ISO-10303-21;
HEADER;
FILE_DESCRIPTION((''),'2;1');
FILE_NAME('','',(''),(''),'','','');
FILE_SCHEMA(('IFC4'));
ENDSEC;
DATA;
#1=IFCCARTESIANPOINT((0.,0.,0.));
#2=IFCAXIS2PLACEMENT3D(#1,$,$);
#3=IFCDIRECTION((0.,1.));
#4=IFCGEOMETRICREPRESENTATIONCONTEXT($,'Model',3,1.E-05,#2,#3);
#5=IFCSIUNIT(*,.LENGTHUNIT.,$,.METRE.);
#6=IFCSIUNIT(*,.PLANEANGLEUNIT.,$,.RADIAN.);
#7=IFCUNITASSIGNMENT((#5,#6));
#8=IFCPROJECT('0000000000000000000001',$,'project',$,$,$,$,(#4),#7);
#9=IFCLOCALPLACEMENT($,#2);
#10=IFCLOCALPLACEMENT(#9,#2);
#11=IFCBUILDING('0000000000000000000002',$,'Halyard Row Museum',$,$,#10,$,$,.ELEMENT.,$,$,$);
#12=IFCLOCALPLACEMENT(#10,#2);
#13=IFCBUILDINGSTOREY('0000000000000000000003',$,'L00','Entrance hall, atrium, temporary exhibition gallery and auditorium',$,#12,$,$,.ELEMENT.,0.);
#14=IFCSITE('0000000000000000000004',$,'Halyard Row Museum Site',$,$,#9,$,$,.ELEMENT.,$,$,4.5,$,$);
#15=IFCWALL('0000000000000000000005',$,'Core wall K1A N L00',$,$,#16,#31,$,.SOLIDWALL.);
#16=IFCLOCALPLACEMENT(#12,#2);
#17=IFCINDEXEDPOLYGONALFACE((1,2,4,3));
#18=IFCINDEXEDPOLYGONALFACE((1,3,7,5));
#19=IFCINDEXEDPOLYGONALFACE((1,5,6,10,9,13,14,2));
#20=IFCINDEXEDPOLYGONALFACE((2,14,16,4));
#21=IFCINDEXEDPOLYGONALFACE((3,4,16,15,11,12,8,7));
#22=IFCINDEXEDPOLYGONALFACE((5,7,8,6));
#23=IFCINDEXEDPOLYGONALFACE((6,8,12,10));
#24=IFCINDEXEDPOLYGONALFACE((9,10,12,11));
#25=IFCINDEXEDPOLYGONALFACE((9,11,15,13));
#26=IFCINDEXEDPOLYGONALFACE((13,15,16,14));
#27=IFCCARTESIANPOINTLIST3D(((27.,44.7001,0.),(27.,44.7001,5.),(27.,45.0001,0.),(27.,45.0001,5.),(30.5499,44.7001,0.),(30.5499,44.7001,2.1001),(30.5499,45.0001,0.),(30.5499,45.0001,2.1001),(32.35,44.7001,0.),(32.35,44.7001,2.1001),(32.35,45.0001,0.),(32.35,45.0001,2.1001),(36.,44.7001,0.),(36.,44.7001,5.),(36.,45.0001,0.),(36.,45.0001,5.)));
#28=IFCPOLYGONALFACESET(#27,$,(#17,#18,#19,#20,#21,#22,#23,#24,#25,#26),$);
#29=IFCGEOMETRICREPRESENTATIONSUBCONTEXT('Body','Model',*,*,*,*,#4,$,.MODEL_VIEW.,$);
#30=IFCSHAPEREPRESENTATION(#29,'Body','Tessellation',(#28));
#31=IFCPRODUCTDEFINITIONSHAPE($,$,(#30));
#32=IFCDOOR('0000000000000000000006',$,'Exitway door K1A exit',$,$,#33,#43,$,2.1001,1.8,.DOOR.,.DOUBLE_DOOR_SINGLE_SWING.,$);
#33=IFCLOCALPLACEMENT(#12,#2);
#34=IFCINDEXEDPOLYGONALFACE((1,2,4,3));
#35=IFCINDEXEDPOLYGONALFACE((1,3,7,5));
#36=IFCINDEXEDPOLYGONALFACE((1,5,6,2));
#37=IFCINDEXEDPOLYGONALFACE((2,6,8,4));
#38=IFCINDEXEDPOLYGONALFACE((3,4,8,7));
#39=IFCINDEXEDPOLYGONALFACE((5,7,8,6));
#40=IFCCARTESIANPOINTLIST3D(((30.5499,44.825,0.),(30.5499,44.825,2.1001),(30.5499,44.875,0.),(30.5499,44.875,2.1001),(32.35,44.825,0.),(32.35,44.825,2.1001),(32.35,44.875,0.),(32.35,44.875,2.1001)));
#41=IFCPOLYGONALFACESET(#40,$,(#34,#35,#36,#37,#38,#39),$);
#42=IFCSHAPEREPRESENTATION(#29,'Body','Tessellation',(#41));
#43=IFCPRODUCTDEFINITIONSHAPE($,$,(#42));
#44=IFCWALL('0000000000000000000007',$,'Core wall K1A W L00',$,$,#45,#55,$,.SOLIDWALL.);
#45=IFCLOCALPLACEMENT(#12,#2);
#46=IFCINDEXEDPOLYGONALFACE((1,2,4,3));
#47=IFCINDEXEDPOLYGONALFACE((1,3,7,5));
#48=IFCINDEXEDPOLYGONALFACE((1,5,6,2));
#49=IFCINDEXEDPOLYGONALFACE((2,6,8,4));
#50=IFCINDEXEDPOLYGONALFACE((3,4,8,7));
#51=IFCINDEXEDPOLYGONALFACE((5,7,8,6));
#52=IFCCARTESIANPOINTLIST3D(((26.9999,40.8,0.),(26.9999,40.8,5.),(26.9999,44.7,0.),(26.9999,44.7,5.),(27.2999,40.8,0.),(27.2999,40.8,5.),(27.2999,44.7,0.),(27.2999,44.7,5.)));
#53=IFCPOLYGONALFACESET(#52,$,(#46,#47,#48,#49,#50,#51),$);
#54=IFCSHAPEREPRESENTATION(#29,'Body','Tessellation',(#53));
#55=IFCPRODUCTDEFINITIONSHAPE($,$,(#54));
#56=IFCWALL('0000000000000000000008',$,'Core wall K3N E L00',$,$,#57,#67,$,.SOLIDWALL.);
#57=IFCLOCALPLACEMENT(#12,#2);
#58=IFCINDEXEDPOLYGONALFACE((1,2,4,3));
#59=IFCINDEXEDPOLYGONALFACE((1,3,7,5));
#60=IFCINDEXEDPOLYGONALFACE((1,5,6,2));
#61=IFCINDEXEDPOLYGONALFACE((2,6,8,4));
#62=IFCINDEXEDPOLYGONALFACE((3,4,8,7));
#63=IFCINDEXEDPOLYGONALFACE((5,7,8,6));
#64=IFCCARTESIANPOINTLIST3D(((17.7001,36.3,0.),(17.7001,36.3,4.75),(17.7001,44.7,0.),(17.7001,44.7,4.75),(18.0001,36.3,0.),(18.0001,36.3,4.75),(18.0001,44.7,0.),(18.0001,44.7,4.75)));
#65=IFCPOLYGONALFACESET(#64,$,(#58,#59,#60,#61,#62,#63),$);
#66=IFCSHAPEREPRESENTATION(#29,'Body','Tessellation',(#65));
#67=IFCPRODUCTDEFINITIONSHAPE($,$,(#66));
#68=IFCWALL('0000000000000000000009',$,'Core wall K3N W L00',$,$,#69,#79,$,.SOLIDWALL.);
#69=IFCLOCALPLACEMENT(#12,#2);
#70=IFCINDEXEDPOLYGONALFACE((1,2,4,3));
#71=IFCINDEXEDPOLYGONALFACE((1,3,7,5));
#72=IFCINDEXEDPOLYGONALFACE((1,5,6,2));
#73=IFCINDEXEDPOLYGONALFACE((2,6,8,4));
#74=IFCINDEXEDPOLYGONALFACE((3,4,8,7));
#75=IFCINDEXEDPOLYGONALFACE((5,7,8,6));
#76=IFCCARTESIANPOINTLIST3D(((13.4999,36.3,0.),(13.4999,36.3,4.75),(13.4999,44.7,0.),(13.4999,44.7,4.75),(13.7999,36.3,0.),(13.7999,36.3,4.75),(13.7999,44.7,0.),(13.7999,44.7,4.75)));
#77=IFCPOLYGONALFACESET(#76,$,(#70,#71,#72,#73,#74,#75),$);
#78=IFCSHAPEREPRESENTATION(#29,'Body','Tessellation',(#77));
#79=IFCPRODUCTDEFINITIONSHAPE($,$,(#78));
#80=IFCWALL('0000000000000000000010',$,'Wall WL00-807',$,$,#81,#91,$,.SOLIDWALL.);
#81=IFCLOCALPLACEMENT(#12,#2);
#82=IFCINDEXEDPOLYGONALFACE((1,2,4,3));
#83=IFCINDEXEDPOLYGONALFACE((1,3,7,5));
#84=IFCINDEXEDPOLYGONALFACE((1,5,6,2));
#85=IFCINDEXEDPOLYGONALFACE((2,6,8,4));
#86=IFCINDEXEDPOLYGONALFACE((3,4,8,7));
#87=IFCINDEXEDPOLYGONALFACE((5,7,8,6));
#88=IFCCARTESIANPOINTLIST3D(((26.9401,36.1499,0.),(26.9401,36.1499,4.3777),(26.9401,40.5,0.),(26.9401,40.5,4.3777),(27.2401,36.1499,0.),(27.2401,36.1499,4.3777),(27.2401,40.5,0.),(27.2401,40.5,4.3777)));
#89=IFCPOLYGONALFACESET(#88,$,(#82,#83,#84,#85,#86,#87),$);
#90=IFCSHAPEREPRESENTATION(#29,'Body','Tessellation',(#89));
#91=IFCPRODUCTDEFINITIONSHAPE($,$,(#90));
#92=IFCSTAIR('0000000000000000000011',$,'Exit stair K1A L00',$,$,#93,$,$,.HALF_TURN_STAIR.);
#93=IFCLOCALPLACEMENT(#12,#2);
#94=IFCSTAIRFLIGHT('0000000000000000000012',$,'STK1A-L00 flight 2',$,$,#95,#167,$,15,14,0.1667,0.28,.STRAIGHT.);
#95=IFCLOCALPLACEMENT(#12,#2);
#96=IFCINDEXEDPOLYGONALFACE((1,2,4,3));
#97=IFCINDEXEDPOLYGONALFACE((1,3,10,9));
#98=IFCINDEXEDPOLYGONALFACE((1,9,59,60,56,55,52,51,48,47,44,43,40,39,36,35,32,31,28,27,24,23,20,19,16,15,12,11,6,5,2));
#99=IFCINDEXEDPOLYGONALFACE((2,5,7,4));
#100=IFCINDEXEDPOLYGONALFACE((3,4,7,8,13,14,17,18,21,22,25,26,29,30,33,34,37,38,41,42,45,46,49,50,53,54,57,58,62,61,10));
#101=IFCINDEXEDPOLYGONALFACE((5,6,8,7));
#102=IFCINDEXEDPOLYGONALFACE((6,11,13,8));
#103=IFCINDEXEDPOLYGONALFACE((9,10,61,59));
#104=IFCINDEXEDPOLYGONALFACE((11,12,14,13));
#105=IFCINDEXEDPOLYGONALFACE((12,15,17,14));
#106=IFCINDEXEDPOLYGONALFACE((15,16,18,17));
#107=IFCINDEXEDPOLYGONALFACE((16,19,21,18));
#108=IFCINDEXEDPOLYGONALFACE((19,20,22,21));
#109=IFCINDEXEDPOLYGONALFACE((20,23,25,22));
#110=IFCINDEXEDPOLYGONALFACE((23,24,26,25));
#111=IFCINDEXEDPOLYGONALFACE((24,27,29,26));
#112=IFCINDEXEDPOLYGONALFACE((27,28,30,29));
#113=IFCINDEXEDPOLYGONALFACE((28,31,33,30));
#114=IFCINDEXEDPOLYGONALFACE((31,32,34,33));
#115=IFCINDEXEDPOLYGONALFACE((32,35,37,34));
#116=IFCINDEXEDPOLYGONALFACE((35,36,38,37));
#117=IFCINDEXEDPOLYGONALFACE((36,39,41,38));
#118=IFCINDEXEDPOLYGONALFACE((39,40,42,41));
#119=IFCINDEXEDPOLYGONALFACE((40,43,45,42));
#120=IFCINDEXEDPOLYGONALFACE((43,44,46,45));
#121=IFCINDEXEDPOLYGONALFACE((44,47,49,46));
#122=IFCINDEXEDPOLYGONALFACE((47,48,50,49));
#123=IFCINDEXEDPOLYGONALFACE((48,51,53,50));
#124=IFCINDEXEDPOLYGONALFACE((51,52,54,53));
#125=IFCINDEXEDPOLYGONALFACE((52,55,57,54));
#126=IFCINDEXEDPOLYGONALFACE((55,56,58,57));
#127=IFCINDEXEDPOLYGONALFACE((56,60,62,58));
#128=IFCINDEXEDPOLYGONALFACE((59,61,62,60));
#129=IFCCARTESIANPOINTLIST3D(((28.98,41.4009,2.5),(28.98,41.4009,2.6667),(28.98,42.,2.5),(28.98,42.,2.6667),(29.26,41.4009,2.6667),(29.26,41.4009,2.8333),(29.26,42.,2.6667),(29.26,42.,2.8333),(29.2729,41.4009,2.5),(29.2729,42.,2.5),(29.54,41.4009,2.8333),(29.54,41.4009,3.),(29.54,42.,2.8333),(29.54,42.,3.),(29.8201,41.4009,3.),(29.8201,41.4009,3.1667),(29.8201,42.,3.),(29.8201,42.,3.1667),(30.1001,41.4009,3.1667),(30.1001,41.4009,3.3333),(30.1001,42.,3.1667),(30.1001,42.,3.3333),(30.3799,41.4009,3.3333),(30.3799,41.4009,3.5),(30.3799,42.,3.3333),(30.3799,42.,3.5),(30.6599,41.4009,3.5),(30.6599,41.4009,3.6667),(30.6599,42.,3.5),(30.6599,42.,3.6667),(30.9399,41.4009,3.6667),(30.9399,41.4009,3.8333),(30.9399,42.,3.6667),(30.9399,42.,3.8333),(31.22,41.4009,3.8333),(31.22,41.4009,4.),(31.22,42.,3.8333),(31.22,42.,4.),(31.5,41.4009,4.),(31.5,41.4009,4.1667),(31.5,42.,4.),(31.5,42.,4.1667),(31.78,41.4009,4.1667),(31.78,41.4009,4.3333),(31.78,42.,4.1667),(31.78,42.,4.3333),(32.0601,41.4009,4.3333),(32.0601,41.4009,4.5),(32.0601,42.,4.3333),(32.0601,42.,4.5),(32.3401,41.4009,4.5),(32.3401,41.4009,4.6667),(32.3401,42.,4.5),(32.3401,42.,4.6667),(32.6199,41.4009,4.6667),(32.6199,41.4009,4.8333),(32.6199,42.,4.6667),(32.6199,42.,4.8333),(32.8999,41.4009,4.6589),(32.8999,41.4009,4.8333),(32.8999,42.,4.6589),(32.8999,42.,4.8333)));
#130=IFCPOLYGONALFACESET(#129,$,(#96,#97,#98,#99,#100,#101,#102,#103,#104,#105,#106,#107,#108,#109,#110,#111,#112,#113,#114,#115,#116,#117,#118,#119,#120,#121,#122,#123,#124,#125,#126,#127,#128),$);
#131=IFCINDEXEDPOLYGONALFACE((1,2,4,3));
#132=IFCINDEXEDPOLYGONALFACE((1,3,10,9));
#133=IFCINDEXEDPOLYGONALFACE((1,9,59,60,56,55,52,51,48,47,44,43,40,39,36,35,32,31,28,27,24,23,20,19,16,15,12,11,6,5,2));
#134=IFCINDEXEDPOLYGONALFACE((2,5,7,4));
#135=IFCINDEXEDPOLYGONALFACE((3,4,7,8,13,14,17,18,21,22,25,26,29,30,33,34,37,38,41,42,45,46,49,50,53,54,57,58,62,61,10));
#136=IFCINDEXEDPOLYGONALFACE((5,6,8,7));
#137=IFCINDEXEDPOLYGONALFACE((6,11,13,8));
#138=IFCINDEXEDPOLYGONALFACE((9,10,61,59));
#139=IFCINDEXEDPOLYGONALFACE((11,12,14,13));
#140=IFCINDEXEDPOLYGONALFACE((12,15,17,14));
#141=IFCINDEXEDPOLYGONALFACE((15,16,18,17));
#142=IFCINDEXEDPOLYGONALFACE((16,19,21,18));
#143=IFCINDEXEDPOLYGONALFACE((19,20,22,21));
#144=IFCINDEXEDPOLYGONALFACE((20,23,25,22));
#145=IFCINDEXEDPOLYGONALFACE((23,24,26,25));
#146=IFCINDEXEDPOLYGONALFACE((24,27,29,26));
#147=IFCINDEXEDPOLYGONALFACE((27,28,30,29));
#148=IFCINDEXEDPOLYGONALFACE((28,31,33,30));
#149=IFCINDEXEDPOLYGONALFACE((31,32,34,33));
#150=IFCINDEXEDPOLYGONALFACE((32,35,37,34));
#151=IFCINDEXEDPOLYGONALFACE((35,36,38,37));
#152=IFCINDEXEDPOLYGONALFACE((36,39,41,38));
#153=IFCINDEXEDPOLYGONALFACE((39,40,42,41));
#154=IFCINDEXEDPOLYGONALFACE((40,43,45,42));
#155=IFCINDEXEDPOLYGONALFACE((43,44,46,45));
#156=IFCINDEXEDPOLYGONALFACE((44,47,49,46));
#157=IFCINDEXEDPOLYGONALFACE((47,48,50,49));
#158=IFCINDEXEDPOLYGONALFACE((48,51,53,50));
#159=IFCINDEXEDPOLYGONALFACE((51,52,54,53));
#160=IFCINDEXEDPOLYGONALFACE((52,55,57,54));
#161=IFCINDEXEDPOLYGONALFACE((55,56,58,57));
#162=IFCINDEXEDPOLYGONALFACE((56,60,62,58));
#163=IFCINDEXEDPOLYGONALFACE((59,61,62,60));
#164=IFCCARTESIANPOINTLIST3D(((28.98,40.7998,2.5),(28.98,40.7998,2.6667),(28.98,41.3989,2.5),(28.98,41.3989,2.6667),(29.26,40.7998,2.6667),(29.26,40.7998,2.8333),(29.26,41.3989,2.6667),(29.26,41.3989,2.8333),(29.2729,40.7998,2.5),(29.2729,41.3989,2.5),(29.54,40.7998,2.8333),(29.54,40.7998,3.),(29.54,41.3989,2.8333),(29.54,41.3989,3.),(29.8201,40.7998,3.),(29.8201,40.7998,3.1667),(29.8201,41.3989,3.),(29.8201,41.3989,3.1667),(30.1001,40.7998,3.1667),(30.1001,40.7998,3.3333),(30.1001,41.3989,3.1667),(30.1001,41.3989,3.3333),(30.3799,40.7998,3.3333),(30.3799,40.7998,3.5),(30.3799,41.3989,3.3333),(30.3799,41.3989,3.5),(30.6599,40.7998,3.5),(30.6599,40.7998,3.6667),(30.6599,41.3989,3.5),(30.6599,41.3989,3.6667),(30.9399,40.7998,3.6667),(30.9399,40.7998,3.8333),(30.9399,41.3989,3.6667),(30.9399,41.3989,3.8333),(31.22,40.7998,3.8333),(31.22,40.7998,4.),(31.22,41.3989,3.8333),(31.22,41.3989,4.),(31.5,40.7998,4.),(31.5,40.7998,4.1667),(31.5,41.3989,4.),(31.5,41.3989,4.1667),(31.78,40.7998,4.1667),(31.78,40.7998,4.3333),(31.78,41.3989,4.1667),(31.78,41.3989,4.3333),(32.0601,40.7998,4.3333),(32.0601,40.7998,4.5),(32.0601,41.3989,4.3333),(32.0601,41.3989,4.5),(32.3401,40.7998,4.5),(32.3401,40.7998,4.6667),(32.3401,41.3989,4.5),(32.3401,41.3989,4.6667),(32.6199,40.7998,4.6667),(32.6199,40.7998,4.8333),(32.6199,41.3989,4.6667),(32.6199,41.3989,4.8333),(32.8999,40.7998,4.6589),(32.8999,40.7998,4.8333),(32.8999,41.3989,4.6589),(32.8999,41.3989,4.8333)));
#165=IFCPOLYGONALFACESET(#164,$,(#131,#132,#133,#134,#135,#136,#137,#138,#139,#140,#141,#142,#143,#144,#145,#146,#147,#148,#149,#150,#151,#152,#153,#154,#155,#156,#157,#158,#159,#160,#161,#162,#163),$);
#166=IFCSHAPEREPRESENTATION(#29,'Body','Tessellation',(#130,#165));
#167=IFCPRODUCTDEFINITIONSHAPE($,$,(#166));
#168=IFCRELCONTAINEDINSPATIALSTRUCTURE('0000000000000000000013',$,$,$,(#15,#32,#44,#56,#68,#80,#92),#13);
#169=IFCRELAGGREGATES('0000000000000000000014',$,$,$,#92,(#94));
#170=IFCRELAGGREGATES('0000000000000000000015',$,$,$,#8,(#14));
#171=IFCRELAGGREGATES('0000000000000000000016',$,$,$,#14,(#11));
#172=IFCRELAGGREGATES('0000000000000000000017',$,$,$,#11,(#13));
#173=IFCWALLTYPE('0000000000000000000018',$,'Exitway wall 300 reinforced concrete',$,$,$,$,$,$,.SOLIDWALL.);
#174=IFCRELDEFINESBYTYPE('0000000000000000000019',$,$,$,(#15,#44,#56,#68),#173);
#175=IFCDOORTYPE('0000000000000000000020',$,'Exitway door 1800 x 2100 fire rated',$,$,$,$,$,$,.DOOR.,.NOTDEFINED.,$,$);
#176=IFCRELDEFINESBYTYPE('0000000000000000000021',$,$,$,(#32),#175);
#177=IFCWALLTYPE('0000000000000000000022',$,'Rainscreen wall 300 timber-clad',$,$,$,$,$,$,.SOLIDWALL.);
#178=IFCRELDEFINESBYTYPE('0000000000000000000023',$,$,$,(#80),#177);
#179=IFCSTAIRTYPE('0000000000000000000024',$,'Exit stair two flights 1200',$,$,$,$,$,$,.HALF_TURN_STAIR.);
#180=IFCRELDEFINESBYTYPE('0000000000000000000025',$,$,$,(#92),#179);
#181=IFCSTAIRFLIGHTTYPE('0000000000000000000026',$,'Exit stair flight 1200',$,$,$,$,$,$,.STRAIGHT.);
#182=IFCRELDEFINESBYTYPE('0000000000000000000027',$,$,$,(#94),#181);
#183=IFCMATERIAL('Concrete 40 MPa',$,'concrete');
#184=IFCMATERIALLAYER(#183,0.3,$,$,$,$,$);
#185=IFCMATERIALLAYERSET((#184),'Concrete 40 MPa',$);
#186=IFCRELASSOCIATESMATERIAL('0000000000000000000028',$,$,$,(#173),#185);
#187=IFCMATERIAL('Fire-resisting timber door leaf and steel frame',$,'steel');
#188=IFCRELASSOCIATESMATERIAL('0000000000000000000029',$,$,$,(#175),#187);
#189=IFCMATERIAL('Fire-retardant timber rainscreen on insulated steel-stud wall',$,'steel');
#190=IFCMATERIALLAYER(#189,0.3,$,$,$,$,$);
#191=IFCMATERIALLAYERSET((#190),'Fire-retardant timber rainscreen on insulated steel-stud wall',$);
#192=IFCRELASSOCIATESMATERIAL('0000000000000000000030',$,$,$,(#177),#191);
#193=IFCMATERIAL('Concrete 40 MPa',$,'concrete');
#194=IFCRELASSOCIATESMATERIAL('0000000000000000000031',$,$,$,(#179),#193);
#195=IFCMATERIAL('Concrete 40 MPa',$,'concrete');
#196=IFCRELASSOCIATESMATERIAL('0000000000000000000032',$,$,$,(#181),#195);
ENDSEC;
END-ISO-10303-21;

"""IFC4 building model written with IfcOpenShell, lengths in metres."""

from ifc_helpers import new_model, si_unit, direction, frame, frame_2d, origin, place, context, subcontext, project, spatial, polyline, rectangle, outline, extrude, material, layer, layer_set, type_object, element, fill, aggregate, save


model = new_model("IFC4")

# Units and contexts
model_context = context("Model", 3, precision=1e-05, world=origin(), true_north=direction((0.0, 1.0)))
body_context = subcontext(model_context, "Body", "Model", "MODEL_VIEW")
ifc_project = project(units=[si_unit("LENGTHUNIT", "METRE"), si_unit("PLANEANGLEUNIT", "RADIAN")], contexts=[model_context])

# Site, building, storey
site_placement = place(None, origin())
site = spatial("IfcSite", under=ifc_project, at=site_placement, Name="Halyard Row Museum Site", CompositionType="ELEMENT", RefElevation=4.5)
building_placement = place(site_placement, origin())
building = spatial("IfcBuilding", under=site, at=building_placement, Name="Halyard Row Museum", CompositionType="ELEMENT")
storey_placement = place(building_placement, origin())
storey = spatial("IfcBuildingStorey", under=building, at=storey_placement, Name="L00", Description="Entrance hall, atrium, temporary exhibition gallery and auditorium", CompositionType="ELEMENT", Elevation=0.0)

# Shared definitions
ifc_material_1 = material(Name="Concrete 40 MPa", Category="concrete")
ifc_layer_1 = layer(ifc_material_1, 0.3)
ifc_layer_set_1 = layer_set([ifc_layer_1], Name="Concrete 40 MPa")
wall_type_1 = type_object("IfcWallType", Name="Exitway wall 300 reinforced concrete", PredefinedType="SOLIDWALL", material=ifc_layer_set_1)

# Wall, opening, door
wall_1_placement = place(storey_placement, frame((27.0, 44.8501, 0.0), z_axis=(0.0, 0.0, 1.0), x_axis=(1.0, 0.0, 0.0)))
wall_1 = element("IfcWall", 1, at=wall_1_placement, inside=storey, type_object=wall_type_1, Name="Core wall K1A N L00", PredefinedType="SOLIDWALL", context=body_context, shape_type="SweptSolid", body=[
    extrude(rectangle(XDim=9.0, YDim=0.3, at=frame_2d((4.5, 0.0))), origin(), (0.0, 0.0, 1.0), 5.0),
])
opening_placement = place(wall_1_placement, frame((3.55, 0.0, 0.0)))
opening = element("IfcOpeningElement", 2, at=opening_placement, cuts=wall_1, PredefinedType="OPENING", context=body_context, shape_type="SweptSolid", body=[
    extrude(rectangle(XDim=1.8, YDim=2.1001, at=frame_2d((0.8999, 1.05))), frame((0.0, 0.1599, 0.0), z_axis=(0.0, -1.0, 0.0), x_axis=(1.0, 0.0, 0.0)), (0.0, 0.0, 1.0), 0.3201),
])
ifc_material_2 = material(Name="Fire-resisting timber door leaf and steel frame", Category="steel")
door_type = type_object("IfcDoorType", Name="Exitway door 1800 x 2100 fire rated", OperationType="NOTDEFINED", PredefinedType="DOOR", material=ifc_material_2)
door_placement = place(opening_placement, origin())
door = element("IfcDoor", 3, at=door_placement, inside=storey, type_object=door_type, Name="Exitway door K1A exit", OperationType="DOUBLE_DOOR_SINGLE_SWING", OverallHeight=2.1001, OverallWidth=1.8, PredefinedType="DOOR", context=body_context, shape_type="SweptSolid", body=[
    extrude(rectangle(XDim=1.8, YDim=2.1001, at=frame_2d((0.8999, 1.05))), frame((0.0, 0.0249, 0.0), z_axis=(0.0, -1.0, 0.0), x_axis=(1.0, 0.0, 0.0)), (0.0, 0.0, 1.0), 0.05),
])
fill(opening, door)

# Walls
wall_2_placement = place(storey_placement, frame((27.1499, 40.8, 0.0), z_axis=(0.0, 0.0, 1.0), x_axis=(0.0, 1.0, 0.0)))
element("IfcWall", 4, at=wall_2_placement, inside=storey, type_object=wall_type_1, Name="Core wall K1A W L00", PredefinedType="SOLIDWALL", context=body_context, shape_type="SweptSolid", body=[
    extrude(rectangle(XDim=3.8999, YDim=0.3, at=frame_2d((1.95, 0.0))), origin(), (0.0, 0.0, 1.0), 5.0),
])
for number, where, z_axis, x_axis, name in (
    (5, (17.8501, 36.3, 0.0), (0.0, 0.0, 1.0), (0.0, 1.0, 0.0), "Core wall K3N E L00"),
    (6, (13.6499, 36.3, 0.0), (0.0, 0.0, 1.0), (0.0, 1.0, 0.0), "Core wall K3N W L00"),
):
    element("IfcWall", number, at=place(storey_placement, frame(where, z_axis=z_axis, x_axis=x_axis)), inside=storey, type_object=wall_type_1, Name=name, PredefinedType="SOLIDWALL", context=body_context, shape_type="SweptSolid", body=[
        extrude(rectangle(XDim=8.3999, YDim=0.3, at=frame_2d((4.2, 0.0))), origin(), (0.0, 0.0, 1.0), 4.75),
    ])
ifc_material_3 = material(Name="Fire-retardant timber rainscreen on insulated steel-stud wall", Category="steel")
ifc_layer_2 = layer(ifc_material_3, 0.3)
ifc_layer_set_2 = layer_set([ifc_layer_2], Name="Fire-retardant timber rainscreen on insulated steel-stud wall")
wall_type_2 = type_object("IfcWallType", Name="Rainscreen wall 300 timber-clad", PredefinedType="SOLIDWALL", material=ifc_layer_set_2)
wall_3_placement = place(storey_placement, frame((27.0901, 36.1499, 0.0), z_axis=(0.0, 0.0, 1.0), x_axis=(0.0, 1.0, 0.0)))
element("IfcWall", 7, at=wall_3_placement, inside=storey, type_object=wall_type_2, Name="Wall WL00-807", PredefinedType="SOLIDWALL", context=body_context, shape_type="SweptSolid", body=[
    extrude(rectangle(XDim=4.3501, YDim=0.3, at=frame_2d((2.175, 0.0))), origin(), (0.0, 0.0, 1.0), 4.3777),
])

# Stair, stair flight
ifc_material_4 = material(Name="Concrete 40 MPa", Category="concrete")
stair_type = type_object("IfcStairType", Name="Exit stair two flights 1200", PredefinedType="HALF_TURN_STAIR", material=ifc_material_4)
stair_placement = place(storey_placement, origin())
stair = element("IfcStair", 8, at=stair_placement, inside=storey, type_object=stair_type, Name="Exit stair K1A L00", PredefinedType="HALF_TURN_STAIR")
ifc_material_5 = material(Name="Concrete 40 MPa", Category="concrete")
stair_flight_type = type_object("IfcStairFlightType", Name="Exit stair flight 1200", PredefinedType="STRAIGHT", material=ifc_material_5)
stair_flight_placement = place(storey_placement, frame((28.98, 41.3999, 2.5), z_axis=(0.0, 0.0, 1.0), x_axis=(1.0, 0.0, 0.0)))
stair_flight = element("IfcStairFlight", 9, at=stair_flight_placement, type_object=stair_flight_type, Name="STK1A-L00 flight 2", NumberOfRisers=15, NumberOfTreads=14, PredefinedType="STRAIGHT", RiserHeight=0.1667, TreadLength=0.28, context=body_context, shape_type="SweptSolid", body=[
    extrude(outline(polyline([(0.0, 0.0), (0.0, 0.1667), (0.28, 0.1667), (0.28, 0.3333), (0.5601, 0.3333), (0.5601, 0.5), (0.8401, 0.5), (0.8401, 0.6667), (1.1201, 0.6667), (1.1201, 0.8333), (1.3999, 0.8333), (1.3999, 1.0), (1.6799, 1.0), (1.6799, 1.1667), (1.96, 1.1667), (1.96, 1.3333), (2.24, 1.3333), (2.24, 1.5), (2.52, 1.5), (2.52, 1.6667), (2.8, 1.6667), (2.8, 1.8333), (3.0801, 1.8333), (3.0801, 2.0), (3.3601, 2.0), (3.3601, 2.1667), (3.6399, 2.1667), (3.6399, 2.3333), (3.9199, 2.3333), (3.9199, 2.5), (3.9199, 2.1589), (0.293, 0.0), (0.0, 0.0)])), frame((0.0, 0.6001, 0.0), z_axis=(0.0, -1.0, 0.0), x_axis=(1.0, 0.0, 0.0)), (0.0, 0.0, 1.0), 0.5991),
    extrude(outline(polyline([(0.0, 0.0), (0.0, 0.1667), (0.28, 0.1667), (0.28, 0.3333), (0.5601, 0.3333), (0.5601, 0.5), (0.8401, 0.5), (0.8401, 0.6667), (1.1201, 0.6667), (1.1201, 0.8333), (1.3999, 0.8333), (1.3999, 1.0), (1.6799, 1.0), (1.6799, 1.1667), (1.96, 1.1667), (1.96, 1.3333), (2.24, 1.3333), (2.24, 1.5), (2.52, 1.5), (2.52, 1.6667), (2.8, 1.6667), (2.8, 1.8333), (3.0801, 1.8333), (3.0801, 2.0), (3.3601, 2.0), (3.3601, 2.1667), (3.6399, 2.1667), (3.6399, 2.3333), (3.9199, 2.3333), (3.9199, 2.5), (3.9199, 2.1589), (0.293, 0.0), (0.0, 0.0)])), frame((0.0, -0.001, 0.0), z_axis=(0.0, -1.0, 0.0), x_axis=(1.0, 0.0, 0.0)), (0.0, 0.0, 1.0), 0.5991),
])
aggregate(stair, [stair_flight])

save(model, "model.ifc")
